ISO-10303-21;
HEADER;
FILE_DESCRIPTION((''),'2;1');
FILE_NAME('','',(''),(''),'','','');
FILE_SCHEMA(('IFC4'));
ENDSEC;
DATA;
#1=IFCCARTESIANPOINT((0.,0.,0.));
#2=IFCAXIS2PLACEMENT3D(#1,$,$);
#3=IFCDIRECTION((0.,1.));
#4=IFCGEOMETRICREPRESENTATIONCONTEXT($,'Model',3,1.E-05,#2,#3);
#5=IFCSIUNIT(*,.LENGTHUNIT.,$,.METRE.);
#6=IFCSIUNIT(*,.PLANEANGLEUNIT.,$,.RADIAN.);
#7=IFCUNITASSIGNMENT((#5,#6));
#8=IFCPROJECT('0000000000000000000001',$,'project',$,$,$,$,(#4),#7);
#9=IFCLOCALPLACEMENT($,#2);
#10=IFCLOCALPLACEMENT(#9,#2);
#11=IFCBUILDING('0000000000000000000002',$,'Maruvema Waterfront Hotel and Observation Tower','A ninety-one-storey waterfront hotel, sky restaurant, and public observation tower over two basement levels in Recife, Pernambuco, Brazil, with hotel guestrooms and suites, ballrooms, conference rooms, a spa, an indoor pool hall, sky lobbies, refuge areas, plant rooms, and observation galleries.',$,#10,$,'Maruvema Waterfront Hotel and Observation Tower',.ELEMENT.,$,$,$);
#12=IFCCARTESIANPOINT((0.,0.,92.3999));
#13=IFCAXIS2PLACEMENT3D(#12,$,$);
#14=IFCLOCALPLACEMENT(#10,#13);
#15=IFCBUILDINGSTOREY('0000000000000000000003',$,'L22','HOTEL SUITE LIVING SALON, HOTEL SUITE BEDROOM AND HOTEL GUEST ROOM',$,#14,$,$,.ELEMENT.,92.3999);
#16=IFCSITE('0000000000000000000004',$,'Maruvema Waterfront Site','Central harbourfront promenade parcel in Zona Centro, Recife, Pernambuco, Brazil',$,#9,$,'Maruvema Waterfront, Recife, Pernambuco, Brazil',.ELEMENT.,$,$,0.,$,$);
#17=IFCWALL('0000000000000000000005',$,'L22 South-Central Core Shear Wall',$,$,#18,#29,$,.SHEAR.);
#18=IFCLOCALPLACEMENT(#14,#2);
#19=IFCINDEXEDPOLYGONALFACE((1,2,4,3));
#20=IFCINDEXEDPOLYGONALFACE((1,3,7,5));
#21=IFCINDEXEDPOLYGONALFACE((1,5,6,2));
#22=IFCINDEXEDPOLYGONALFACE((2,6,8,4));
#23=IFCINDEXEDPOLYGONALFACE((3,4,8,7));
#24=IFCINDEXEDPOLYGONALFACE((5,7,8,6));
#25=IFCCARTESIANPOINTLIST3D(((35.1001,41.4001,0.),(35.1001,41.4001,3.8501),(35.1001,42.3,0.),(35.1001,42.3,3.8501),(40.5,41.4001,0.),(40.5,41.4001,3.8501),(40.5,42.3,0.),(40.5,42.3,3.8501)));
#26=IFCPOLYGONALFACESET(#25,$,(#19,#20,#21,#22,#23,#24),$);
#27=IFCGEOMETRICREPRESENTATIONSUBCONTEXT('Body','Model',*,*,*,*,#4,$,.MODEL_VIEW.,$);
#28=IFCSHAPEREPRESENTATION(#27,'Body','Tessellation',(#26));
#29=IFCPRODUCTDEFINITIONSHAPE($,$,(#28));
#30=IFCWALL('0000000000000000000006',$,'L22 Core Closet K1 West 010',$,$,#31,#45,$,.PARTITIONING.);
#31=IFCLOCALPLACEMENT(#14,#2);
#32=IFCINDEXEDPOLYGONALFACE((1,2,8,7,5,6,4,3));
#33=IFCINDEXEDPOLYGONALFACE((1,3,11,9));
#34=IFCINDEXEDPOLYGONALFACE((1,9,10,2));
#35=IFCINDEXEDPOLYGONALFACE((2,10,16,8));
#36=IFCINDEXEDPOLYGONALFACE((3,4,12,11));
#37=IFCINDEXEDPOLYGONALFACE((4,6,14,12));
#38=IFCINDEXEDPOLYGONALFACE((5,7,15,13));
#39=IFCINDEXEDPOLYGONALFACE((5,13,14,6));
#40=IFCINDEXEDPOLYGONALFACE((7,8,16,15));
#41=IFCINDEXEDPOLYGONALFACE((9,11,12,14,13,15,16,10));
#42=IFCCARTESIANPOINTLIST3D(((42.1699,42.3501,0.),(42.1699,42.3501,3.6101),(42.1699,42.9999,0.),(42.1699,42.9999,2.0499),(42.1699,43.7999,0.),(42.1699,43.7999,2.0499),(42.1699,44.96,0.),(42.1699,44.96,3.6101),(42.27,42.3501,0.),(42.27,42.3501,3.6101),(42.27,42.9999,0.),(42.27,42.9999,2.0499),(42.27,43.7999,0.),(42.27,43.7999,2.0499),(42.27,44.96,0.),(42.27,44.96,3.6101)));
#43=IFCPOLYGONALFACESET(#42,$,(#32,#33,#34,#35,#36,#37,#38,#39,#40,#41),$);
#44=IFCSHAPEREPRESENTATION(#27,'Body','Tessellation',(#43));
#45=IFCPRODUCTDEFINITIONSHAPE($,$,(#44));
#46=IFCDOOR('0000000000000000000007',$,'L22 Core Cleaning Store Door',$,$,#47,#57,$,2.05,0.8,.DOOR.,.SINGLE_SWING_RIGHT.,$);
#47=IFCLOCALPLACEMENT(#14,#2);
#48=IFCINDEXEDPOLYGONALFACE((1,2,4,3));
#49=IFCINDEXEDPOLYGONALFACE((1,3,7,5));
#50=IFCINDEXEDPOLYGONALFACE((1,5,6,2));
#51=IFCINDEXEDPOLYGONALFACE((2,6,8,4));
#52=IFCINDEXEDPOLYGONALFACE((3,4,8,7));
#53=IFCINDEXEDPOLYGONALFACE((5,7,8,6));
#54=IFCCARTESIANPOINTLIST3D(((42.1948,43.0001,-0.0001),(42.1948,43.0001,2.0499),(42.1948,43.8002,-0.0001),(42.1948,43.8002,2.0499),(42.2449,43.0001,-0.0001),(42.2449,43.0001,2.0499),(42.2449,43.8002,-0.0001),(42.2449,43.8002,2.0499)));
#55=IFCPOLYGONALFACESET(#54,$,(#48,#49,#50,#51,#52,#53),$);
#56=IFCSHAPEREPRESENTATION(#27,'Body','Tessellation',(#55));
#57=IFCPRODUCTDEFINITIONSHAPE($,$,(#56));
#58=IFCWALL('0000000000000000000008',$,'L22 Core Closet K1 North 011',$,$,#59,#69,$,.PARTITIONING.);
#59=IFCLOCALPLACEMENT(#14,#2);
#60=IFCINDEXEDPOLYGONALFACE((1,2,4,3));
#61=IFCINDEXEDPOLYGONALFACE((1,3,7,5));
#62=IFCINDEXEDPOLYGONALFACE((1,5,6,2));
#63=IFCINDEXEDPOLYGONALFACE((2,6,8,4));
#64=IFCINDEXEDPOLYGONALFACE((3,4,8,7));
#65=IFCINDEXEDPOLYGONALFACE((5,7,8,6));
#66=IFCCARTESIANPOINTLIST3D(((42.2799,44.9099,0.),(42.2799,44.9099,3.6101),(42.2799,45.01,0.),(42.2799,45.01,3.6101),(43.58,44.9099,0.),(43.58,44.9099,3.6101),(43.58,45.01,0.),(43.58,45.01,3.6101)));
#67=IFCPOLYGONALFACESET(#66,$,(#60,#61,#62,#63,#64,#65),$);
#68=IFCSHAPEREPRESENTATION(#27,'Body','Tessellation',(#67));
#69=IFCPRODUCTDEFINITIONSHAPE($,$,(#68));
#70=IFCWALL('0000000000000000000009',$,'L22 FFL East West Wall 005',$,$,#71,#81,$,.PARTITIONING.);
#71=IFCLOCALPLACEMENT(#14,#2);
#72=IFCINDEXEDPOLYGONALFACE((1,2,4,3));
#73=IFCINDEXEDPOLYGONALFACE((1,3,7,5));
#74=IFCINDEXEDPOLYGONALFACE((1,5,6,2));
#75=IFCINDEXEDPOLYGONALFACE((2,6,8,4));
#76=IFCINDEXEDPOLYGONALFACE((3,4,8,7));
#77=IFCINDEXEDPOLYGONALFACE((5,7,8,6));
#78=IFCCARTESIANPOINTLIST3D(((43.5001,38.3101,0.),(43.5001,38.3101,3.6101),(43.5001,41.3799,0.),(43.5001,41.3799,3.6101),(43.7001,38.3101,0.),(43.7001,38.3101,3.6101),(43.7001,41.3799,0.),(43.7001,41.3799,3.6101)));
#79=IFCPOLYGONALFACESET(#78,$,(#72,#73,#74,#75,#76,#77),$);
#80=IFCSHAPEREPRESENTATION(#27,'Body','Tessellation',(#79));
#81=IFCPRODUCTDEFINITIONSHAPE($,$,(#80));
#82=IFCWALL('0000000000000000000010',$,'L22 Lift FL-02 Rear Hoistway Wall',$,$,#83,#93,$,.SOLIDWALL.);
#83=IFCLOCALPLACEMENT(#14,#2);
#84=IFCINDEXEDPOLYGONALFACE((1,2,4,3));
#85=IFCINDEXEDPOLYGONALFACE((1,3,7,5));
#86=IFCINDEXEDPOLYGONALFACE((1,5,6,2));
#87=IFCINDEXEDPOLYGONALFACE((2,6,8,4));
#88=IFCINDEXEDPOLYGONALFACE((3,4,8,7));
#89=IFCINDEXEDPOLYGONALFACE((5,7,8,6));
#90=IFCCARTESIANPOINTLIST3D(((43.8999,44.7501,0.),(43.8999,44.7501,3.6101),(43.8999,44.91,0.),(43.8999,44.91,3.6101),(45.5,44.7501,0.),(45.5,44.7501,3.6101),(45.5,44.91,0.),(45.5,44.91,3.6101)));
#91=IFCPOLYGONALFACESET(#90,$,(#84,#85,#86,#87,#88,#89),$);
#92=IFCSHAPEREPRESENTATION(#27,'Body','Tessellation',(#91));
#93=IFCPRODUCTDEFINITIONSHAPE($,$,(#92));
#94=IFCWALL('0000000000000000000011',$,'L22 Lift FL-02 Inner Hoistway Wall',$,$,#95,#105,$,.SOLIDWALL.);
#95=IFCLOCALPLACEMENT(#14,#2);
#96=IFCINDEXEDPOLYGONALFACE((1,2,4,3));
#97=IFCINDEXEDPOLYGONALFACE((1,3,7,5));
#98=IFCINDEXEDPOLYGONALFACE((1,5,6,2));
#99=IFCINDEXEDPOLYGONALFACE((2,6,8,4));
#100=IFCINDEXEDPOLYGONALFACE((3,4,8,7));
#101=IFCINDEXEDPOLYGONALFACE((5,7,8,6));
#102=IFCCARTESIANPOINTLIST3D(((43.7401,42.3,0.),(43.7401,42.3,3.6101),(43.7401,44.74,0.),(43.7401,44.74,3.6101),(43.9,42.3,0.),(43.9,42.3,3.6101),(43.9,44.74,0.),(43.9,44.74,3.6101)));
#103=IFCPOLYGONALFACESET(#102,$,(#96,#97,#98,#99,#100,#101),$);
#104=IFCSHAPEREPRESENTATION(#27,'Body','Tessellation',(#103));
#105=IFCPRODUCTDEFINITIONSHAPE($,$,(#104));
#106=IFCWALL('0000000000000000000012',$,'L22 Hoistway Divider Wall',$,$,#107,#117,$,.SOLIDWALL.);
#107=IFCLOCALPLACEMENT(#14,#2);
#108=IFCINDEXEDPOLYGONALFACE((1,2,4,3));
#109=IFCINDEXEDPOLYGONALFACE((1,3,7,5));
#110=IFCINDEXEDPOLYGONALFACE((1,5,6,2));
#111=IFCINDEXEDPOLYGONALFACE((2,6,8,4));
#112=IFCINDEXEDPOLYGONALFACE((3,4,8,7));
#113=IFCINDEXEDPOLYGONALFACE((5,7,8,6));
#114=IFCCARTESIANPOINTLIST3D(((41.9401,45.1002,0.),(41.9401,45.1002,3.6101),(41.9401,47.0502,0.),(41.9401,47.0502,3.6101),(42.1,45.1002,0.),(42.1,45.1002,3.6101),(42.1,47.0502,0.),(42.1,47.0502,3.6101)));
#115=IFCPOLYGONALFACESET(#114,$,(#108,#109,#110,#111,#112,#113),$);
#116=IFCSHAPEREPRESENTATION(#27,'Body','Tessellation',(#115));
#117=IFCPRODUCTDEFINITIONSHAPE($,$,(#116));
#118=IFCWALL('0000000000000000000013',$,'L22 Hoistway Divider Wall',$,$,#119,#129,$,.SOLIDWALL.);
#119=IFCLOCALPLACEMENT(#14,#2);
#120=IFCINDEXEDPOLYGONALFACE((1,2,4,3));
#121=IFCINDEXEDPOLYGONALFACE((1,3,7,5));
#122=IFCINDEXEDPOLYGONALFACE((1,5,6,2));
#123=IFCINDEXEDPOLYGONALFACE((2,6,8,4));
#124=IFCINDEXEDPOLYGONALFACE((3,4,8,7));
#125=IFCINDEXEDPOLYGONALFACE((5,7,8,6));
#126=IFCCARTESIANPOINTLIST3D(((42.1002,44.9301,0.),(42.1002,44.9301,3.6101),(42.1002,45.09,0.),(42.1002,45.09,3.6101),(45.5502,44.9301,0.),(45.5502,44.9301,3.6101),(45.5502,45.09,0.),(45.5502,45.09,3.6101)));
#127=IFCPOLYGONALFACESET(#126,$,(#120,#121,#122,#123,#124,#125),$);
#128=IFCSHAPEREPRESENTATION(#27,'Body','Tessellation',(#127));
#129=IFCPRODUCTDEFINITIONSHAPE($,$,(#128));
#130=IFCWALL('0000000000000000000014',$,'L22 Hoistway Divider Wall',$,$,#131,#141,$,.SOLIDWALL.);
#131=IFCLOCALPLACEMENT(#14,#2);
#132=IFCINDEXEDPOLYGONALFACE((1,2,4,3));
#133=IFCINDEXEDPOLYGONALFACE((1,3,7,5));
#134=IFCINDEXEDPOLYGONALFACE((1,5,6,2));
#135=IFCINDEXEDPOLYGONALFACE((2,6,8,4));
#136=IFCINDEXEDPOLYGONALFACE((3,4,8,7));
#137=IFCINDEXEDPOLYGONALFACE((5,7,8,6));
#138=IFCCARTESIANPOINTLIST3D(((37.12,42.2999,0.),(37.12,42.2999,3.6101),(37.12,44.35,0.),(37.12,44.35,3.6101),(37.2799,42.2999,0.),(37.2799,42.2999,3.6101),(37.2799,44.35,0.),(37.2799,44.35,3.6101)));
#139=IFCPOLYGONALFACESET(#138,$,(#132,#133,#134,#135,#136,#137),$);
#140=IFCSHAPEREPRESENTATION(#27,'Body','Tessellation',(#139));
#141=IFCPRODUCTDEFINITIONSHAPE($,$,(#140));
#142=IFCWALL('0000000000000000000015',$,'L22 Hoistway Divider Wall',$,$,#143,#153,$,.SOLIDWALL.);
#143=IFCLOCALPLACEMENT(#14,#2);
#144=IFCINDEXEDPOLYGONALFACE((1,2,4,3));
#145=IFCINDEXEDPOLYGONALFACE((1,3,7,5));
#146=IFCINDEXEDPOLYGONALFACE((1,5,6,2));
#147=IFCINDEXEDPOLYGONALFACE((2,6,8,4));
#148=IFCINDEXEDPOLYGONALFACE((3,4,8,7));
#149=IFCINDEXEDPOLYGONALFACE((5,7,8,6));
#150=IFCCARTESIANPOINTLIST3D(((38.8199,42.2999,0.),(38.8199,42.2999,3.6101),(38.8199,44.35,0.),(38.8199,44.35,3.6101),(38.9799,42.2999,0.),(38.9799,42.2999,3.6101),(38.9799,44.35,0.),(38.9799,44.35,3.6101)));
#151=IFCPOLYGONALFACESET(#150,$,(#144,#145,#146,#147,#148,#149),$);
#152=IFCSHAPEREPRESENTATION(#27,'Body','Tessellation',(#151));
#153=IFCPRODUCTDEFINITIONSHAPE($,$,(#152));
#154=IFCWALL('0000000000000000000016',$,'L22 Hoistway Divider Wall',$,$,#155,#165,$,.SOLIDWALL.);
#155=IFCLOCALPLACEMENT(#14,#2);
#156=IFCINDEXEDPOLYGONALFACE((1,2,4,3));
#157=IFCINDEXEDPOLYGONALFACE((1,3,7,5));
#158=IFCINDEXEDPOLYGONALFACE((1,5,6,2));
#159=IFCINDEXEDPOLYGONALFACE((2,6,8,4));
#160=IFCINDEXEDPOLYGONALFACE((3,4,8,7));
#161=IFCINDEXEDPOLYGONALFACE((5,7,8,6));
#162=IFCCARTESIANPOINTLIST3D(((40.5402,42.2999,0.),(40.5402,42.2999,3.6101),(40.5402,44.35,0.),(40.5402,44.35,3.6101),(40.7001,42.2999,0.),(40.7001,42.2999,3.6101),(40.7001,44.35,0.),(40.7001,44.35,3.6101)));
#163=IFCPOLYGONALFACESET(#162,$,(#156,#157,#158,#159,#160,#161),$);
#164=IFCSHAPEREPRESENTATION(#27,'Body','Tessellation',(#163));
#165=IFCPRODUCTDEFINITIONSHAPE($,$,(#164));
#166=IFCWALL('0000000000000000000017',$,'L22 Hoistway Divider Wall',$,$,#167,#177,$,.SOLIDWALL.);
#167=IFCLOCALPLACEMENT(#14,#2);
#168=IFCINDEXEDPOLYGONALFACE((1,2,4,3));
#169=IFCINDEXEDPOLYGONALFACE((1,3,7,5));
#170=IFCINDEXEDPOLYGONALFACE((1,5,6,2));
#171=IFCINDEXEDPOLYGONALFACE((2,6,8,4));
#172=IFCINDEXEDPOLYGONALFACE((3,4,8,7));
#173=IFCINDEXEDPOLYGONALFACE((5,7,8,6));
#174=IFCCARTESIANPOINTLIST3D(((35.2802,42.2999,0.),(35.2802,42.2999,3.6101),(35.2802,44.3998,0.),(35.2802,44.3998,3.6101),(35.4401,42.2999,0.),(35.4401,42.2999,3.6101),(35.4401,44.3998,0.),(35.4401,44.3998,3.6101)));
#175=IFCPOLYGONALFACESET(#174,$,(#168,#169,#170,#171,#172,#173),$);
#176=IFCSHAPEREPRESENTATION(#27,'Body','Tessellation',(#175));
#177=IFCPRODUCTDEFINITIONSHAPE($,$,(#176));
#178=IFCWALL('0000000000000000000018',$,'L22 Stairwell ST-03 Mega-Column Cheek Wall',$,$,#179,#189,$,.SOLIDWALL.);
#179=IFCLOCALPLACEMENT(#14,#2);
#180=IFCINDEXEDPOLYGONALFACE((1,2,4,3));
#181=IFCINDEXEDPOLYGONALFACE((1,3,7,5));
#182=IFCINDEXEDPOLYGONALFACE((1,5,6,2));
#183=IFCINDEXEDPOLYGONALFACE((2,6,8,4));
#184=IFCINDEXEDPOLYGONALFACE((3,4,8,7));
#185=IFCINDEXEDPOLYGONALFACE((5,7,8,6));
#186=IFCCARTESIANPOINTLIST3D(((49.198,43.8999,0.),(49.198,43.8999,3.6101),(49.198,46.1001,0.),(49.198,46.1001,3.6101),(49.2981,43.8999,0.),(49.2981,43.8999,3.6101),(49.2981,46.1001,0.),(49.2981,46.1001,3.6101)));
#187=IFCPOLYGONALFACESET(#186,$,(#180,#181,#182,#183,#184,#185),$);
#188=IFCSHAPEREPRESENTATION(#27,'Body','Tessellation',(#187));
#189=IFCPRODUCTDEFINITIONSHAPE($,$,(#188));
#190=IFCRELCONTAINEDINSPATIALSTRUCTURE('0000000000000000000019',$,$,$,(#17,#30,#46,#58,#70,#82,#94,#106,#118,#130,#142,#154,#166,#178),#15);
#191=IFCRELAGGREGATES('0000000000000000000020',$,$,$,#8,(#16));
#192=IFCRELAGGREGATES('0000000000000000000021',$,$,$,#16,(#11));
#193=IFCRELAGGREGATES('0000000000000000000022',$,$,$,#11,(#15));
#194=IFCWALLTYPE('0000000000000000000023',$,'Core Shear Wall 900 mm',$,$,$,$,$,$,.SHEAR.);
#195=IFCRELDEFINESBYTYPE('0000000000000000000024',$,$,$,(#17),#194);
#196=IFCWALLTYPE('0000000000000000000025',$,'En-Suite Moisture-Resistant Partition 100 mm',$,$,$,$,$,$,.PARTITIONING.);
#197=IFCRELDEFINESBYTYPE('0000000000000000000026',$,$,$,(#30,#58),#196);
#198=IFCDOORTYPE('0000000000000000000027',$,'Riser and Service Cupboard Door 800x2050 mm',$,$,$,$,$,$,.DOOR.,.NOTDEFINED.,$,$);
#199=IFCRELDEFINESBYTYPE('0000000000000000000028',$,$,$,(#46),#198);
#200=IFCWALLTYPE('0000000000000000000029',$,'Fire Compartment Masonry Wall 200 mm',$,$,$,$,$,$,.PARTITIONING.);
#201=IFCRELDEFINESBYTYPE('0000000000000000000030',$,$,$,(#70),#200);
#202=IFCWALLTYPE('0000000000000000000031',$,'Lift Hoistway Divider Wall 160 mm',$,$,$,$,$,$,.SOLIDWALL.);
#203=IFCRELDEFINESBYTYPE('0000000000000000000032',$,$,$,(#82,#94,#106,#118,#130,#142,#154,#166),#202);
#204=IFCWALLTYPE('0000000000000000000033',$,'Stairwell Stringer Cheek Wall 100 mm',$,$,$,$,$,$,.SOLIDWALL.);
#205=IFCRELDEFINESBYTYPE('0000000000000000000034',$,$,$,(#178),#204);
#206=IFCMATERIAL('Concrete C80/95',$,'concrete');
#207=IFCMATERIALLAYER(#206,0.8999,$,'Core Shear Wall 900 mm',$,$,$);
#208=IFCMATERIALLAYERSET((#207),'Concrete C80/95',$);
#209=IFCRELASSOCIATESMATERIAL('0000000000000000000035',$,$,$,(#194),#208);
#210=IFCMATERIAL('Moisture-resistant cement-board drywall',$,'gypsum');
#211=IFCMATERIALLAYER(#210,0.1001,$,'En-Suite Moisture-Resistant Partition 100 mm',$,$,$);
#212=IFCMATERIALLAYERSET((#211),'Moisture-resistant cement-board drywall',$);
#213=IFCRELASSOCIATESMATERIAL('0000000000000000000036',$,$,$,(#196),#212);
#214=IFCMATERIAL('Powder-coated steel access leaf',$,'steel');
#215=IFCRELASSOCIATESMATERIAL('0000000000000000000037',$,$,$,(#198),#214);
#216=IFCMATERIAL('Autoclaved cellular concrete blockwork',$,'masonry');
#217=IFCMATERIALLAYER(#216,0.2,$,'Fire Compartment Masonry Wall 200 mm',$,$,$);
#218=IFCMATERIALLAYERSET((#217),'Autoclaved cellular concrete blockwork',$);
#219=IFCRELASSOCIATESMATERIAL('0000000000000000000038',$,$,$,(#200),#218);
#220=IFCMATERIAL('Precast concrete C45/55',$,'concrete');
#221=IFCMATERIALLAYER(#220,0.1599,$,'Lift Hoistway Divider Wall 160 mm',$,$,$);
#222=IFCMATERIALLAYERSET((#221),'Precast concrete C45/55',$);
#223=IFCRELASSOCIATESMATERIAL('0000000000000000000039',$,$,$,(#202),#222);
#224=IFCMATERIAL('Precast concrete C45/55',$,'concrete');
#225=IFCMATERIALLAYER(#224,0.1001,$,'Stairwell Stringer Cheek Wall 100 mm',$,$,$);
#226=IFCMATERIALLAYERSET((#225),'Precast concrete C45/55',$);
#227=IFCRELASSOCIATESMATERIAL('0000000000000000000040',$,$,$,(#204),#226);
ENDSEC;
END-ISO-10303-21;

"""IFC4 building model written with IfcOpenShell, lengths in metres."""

from ifc_helpers import new_model, si_unit, direction, frame, frame_2d, origin, place, context, subcontext, project, spatial, rectangle, extrude, material, layer, layer_set, type_object, element, fill, save


model = new_model("IFC4")

# Units and contexts
model_context = context("Model", 3, precision=1e-05, world=origin(), true_north=direction((0.0, 1.0)))
body_context = subcontext(model_context, "Body", "Model", "MODEL_VIEW")
ifc_project = project(units=[si_unit("LENGTHUNIT", "METRE"), si_unit("PLANEANGLEUNIT", "RADIAN")], contexts=[model_context])

# Site, building, storey
site_placement = place(None, origin())
site = spatial("IfcSite", under=ifc_project, at=site_placement, Name="Maruvema Waterfront Site", Description="Central harbourfront promenade parcel in Zona Centro, Recife, Pernambuco, Brazil", LongName="Maruvema Waterfront, Recife, Pernambuco, Brazil", CompositionType="ELEMENT", RefElevation=0.0)
building_placement = place(site_placement, origin())
building = spatial("IfcBuilding", under=site, at=building_placement, Name="Maruvema Waterfront Hotel and Observation Tower", Description="A ninety-one-storey waterfront hotel, sky restaurant, and public observation tower over two basement levels in Recife, Pernambuco, Brazil, with hotel guestrooms and suites, ballrooms, conference rooms, a spa, an indoor pool hall, sky lobbies, refuge areas, plant rooms, and observation galleries.", LongName="Maruvema Waterfront Hotel and Observation Tower", CompositionType="ELEMENT")
storey_placement = place(building_placement, frame((0.0, 0.0, 92.3999)))
storey = spatial("IfcBuildingStorey", under=building, at=storey_placement, Name="L22", Description="HOTEL SUITE LIVING SALON, HOTEL SUITE BEDROOM AND HOTEL GUEST ROOM", CompositionType="ELEMENT", Elevation=92.3999)

# Wall
ifc_material_1 = material(Name="Concrete C80/95", Category="concrete")
ifc_layer_1 = layer(ifc_material_1, 0.8999, Name="Core Shear Wall 900 mm")
ifc_layer_set_1 = layer_set([ifc_layer_1], Name="Concrete C80/95")
wall_type_1 = type_object("IfcWallType", Name="Core Shear Wall 900 mm", PredefinedType="SHEAR", material=ifc_layer_set_1)
wall_1_placement = place(storey_placement, frame((35.1001, 41.8501, 0.0), z_axis=(0.0, 0.0, 1.0), x_axis=(1.0, 0.0, 0.0)))
element("IfcWall", 1, at=wall_1_placement, inside=storey, type_object=wall_type_1, Name="L22 South-Central Core Shear Wall", PredefinedType="SHEAR", context=body_context, shape_type="SweptSolid", body=[
    extrude(rectangle(XDim=5.3999, YDim=0.8999, at=frame_2d((2.7, 0.0))), origin(), (0.0, 0.0, 1.0), 3.8501),
])

# Wall, opening, door
ifc_material_2 = material(Name="Moisture-resistant cement-board drywall", Category="gypsum")
ifc_layer_2 = layer(ifc_material_2, 0.1001, Name="En-Suite Moisture-Resistant Partition 100 mm")
ifc_layer_set_2 = layer_set([ifc_layer_2], Name="Moisture-resistant cement-board drywall")
wall_type_2 = type_object("IfcWallType", Name="En-Suite Moisture-Resistant Partition 100 mm", PredefinedType="PARTITIONING", material=ifc_layer_set_2)
wall_2_placement = place(storey_placement, frame((42.22, 42.3501, 0.0), z_axis=(0.0, 0.0, 1.0), x_axis=(0.0, 1.0, 0.0)))
wall_2 = element("IfcWall", 2, at=wall_2_placement, inside=storey, type_object=wall_type_2, Name="L22 Core Closet K1 West 010", PredefinedType="PARTITIONING", context=body_context, shape_type="SweptSolid", body=[
    extrude(rectangle(XDim=2.6099, YDim=0.1001, at=frame_2d((1.3049, 0.0))), origin(), (0.0, 0.0, 1.0), 3.6101),
])
opening_1_placement = place(wall_2_placement, frame((0.6499, 0.0, 0.0)))
opening_1 = element("IfcOpeningElement", 3, at=opening_1_placement, cuts=wall_2, PredefinedType="OPENING", context=body_context, shape_type="SweptSolid", body=[
    extrude(rectangle(XDim=0.8, YDim=2.05, at=frame_2d((0.3999, 1.0249))), frame((0.0, 0.0601, 0.0), z_axis=(0.0, -1.0, 0.0), x_axis=(1.0, 0.0, 0.0)), (0.0, 0.0, 1.0), 0.1201),
])
ifc_material_3 = material(Name="Powder-coated steel access leaf", Category="steel")
door_type_1 = type_object("IfcDoorType", Name="Riser and Service Cupboard Door 800x2050 mm", OperationType="NOTDEFINED", PredefinedType="DOOR", material=ifc_material_3)
door_1_placement = place(opening_1_placement, frame((0.8, 0.0, 0.0), z_axis=(0.0, 0.0, 1.0), x_axis=(-1.0, 0.0, 0.0)))
door_1 = element("IfcDoor", 4, at=door_1_placement, inside=storey, type_object=door_type_1, Name="L22 Core Cleaning Store Door", OperationType="SINGLE_SWING_RIGHT", OverallHeight=2.05, OverallWidth=0.8, PredefinedType="DOOR", context=body_context, shape_type="SweptSolid", body=[
    extrude(rectangle(XDim=0.8, YDim=2.05, at=frame_2d((0.3999, 1.0249))), frame((0.0, 0.0249, 0.0), z_axis=(0.0, -1.0, 0.0), x_axis=(1.0, 0.0, 0.0)), (0.0, 0.0, 1.0), 0.05),
])
fill(opening_1, door_1)

# Wall
wall_3_placement = place(storey_placement, frame((42.28, 44.96, 0.0), z_axis=(0.0, 0.0, 1.0), x_axis=(1.0, 0.0, 0.0)))
element("IfcWall", 5, at=wall_3_placement, inside=storey, type_object=wall_type_2, Name="L22 Core Closet K1 North 011", PredefinedType="PARTITIONING", context=body_context, shape_type="SweptSolid", body=[
    extrude(rectangle(XDim=1.3, YDim=0.1001, at=frame_2d((0.6499, 0.0))), origin(), (0.0, 0.0, 1.0), 3.6101),
])

# Shared definitions
ifc_material_4 = material(Name="Autoclaved cellular concrete blockwork", Category="masonry")
ifc_layer_3 = layer(ifc_material_4, 0.2, Name="Fire Compartment Masonry Wall 200 mm")
ifc_layer_set_3 = layer_set([ifc_layer_3], Name="Autoclaved cellular concrete blockwork")
wall_type_3 = type_object("IfcWallType", Name="Fire Compartment Masonry Wall 200 mm", PredefinedType="PARTITIONING", material=ifc_layer_set_3)

# Walls
wall_4_placement = place(storey_placement, frame((43.6001, 38.3101, 0.0), z_axis=(0.0, 0.0, 1.0), x_axis=(0.0, 1.0, 0.0)))
element("IfcWall", 6, at=wall_4_placement, inside=storey, type_object=wall_type_3, Name="L22 FFL East West Wall 005", PredefinedType="PARTITIONING", context=body_context, shape_type="SweptSolid", body=[
    extrude(rectangle(XDim=3.0698, YDim=0.2, at=frame_2d((1.5349, 0.0))), origin(), (0.0, 0.0, 1.0), 3.6101),
])
ifc_material_5 = material(Name="Precast concrete C45/55", Category="concrete")
ifc_layer_4 = layer(ifc_material_5, 0.1599, Name="Lift Hoistway Divider Wall 160 mm")
ifc_layer_set_4 = layer_set([ifc_layer_4], Name="Precast concrete C45/55")
wall_type_4 = type_object("IfcWallType", Name="Lift Hoistway Divider Wall 160 mm", PredefinedType="SOLIDWALL", material=ifc_layer_set_4)
wall_5_placement = place(storey_placement, frame((43.8999, 44.8301, 0.0), z_axis=(0.0, 0.0, 1.0), x_axis=(1.0, 0.0, 0.0)))
element("IfcWall", 7, at=wall_5_placement, inside=storey, type_object=wall_type_4, Name="L22 Lift FL-02 Rear Hoistway Wall", PredefinedType="SOLIDWALL", context=body_context, shape_type="SweptSolid", body=[
    extrude(rectangle(XDim=1.6001, YDim=0.1599, at=frame_2d((0.8, 0.0))), origin(), (0.0, 0.0, 1.0), 3.6101),
])
wall_6_placement = place(storey_placement, frame((43.8201, 42.3, 0.0), z_axis=(0.0, 0.0, 1.0), x_axis=(0.0, 1.0, 0.0)))
element("IfcWall", 8, at=wall_6_placement, inside=storey, type_object=wall_type_4, Name="L22 Lift FL-02 Inner Hoistway Wall", PredefinedType="SOLIDWALL", context=body_context, shape_type="SweptSolid", body=[
    extrude(rectangle(XDim=2.4399, YDim=0.1599, at=frame_2d((1.22, 0.0))), origin(), (0.0, 0.0, 1.0), 3.6101),
])
wall_7_placement = place(storey_placement, frame((42.02, 45.1001, 0.0), z_axis=(0.0, 0.0, 1.0), x_axis=(0.0, 1.0, 0.0)))
element("IfcWall", 9, at=wall_7_placement, inside=storey, type_object=wall_type_4, Name="L22 Hoistway Divider Wall", PredefinedType="SOLIDWALL", context=body_context, shape_type="SweptSolid", body=[
    extrude(rectangle(XDim=1.95, YDim=0.1599, at=frame_2d((0.9751, 0.0))), origin(), (0.0, 0.0, 1.0), 3.6101),
])
wall_8_placement = place(storey_placement, frame((42.1001, 45.01, 0.0), z_axis=(0.0, 0.0, 1.0), x_axis=(1.0, 0.0, 0.0)))
element("IfcWall", 10, at=wall_8_placement, inside=storey, type_object=wall_type_4, Name="L22 Hoistway Divider Wall", PredefinedType="SOLIDWALL", context=body_context, shape_type="SweptSolid", body=[
    extrude(rectangle(XDim=3.45, YDim=0.1599, at=frame_2d((1.7251, 0.0))), origin(), (0.0, 0.0, 1.0), 3.6101),
])
for number, where, z_axis, x_axis, name in (
    (11, (37.2, 42.3, 0.0), (0.0, 0.0, 1.0), (0.0, 1.0, 0.0), "L22 Hoistway Divider Wall"),
    (12, (38.8999, 42.3, 0.0), (0.0, 0.0, 1.0), (0.0, 1.0, 0.0), "L22 Hoistway Divider Wall"),
    (13, (40.6201, 42.3, 0.0), (0.0, 0.0, 1.0), (0.0, 1.0, 0.0), "L22 Hoistway Divider Wall"),
):
    element("IfcWall", number, at=place(storey_placement, frame(where, z_axis=z_axis, x_axis=x_axis)), inside=storey, type_object=wall_type_4, Name=name, PredefinedType="SOLIDWALL", context=body_context, shape_type="SweptSolid", body=[
        extrude(rectangle(XDim=2.05, YDim=0.1599, at=frame_2d((1.0249, 0.0))), origin(), (0.0, 0.0, 1.0), 3.6101),
    ])
wall_9_placement = place(storey_placement, frame((35.3601, 42.3, 0.0), z_axis=(0.0, 0.0, 1.0), x_axis=(0.0, 1.0, 0.0)))
element("IfcWall", 14, at=wall_9_placement, inside=storey, type_object=wall_type_4, Name="L22 Hoistway Divider Wall", PredefinedType="SOLIDWALL", context=body_context, shape_type="SweptSolid", body=[
    extrude(rectangle(XDim=2.0999, YDim=0.1599, at=frame_2d((1.0498, 0.0))), origin(), (0.0, 0.0, 1.0), 3.6101),
])
ifc_material_6 = material(Name="Precast concrete C45/55", Category="concrete")
ifc_layer_5 = layer(ifc_material_6, 0.1001, Name="Stairwell Stringer Cheek Wall 100 mm")
ifc_layer_set_5 = layer_set([ifc_layer_5], Name="Precast concrete C45/55")
wall_type_5 = type_object("IfcWallType", Name="Stairwell Stringer Cheek Wall 100 mm", PredefinedType="SOLIDWALL", material=ifc_layer_set_5)
wall_10_placement = place(storey_placement, frame((49.248, 43.8999, 0.0), z_axis=(0.0, 0.0, 1.0), x_axis=(0.0, 1.0, 0.0)))
element("IfcWall", 15, at=wall_10_placement, inside=storey, type_object=wall_type_5, Name="L22 Stairwell ST-03 Mega-Column Cheek Wall", PredefinedType="SOLIDWALL", context=body_context, shape_type="SweptSolid", body=[
    extrude(rectangle(XDim=2.2002, YDim=0.1001, at=frame_2d((1.1001, 0.0))), origin(), (0.0, 0.0, 1.0), 3.6101),
])

save(model, "model.ifc")
